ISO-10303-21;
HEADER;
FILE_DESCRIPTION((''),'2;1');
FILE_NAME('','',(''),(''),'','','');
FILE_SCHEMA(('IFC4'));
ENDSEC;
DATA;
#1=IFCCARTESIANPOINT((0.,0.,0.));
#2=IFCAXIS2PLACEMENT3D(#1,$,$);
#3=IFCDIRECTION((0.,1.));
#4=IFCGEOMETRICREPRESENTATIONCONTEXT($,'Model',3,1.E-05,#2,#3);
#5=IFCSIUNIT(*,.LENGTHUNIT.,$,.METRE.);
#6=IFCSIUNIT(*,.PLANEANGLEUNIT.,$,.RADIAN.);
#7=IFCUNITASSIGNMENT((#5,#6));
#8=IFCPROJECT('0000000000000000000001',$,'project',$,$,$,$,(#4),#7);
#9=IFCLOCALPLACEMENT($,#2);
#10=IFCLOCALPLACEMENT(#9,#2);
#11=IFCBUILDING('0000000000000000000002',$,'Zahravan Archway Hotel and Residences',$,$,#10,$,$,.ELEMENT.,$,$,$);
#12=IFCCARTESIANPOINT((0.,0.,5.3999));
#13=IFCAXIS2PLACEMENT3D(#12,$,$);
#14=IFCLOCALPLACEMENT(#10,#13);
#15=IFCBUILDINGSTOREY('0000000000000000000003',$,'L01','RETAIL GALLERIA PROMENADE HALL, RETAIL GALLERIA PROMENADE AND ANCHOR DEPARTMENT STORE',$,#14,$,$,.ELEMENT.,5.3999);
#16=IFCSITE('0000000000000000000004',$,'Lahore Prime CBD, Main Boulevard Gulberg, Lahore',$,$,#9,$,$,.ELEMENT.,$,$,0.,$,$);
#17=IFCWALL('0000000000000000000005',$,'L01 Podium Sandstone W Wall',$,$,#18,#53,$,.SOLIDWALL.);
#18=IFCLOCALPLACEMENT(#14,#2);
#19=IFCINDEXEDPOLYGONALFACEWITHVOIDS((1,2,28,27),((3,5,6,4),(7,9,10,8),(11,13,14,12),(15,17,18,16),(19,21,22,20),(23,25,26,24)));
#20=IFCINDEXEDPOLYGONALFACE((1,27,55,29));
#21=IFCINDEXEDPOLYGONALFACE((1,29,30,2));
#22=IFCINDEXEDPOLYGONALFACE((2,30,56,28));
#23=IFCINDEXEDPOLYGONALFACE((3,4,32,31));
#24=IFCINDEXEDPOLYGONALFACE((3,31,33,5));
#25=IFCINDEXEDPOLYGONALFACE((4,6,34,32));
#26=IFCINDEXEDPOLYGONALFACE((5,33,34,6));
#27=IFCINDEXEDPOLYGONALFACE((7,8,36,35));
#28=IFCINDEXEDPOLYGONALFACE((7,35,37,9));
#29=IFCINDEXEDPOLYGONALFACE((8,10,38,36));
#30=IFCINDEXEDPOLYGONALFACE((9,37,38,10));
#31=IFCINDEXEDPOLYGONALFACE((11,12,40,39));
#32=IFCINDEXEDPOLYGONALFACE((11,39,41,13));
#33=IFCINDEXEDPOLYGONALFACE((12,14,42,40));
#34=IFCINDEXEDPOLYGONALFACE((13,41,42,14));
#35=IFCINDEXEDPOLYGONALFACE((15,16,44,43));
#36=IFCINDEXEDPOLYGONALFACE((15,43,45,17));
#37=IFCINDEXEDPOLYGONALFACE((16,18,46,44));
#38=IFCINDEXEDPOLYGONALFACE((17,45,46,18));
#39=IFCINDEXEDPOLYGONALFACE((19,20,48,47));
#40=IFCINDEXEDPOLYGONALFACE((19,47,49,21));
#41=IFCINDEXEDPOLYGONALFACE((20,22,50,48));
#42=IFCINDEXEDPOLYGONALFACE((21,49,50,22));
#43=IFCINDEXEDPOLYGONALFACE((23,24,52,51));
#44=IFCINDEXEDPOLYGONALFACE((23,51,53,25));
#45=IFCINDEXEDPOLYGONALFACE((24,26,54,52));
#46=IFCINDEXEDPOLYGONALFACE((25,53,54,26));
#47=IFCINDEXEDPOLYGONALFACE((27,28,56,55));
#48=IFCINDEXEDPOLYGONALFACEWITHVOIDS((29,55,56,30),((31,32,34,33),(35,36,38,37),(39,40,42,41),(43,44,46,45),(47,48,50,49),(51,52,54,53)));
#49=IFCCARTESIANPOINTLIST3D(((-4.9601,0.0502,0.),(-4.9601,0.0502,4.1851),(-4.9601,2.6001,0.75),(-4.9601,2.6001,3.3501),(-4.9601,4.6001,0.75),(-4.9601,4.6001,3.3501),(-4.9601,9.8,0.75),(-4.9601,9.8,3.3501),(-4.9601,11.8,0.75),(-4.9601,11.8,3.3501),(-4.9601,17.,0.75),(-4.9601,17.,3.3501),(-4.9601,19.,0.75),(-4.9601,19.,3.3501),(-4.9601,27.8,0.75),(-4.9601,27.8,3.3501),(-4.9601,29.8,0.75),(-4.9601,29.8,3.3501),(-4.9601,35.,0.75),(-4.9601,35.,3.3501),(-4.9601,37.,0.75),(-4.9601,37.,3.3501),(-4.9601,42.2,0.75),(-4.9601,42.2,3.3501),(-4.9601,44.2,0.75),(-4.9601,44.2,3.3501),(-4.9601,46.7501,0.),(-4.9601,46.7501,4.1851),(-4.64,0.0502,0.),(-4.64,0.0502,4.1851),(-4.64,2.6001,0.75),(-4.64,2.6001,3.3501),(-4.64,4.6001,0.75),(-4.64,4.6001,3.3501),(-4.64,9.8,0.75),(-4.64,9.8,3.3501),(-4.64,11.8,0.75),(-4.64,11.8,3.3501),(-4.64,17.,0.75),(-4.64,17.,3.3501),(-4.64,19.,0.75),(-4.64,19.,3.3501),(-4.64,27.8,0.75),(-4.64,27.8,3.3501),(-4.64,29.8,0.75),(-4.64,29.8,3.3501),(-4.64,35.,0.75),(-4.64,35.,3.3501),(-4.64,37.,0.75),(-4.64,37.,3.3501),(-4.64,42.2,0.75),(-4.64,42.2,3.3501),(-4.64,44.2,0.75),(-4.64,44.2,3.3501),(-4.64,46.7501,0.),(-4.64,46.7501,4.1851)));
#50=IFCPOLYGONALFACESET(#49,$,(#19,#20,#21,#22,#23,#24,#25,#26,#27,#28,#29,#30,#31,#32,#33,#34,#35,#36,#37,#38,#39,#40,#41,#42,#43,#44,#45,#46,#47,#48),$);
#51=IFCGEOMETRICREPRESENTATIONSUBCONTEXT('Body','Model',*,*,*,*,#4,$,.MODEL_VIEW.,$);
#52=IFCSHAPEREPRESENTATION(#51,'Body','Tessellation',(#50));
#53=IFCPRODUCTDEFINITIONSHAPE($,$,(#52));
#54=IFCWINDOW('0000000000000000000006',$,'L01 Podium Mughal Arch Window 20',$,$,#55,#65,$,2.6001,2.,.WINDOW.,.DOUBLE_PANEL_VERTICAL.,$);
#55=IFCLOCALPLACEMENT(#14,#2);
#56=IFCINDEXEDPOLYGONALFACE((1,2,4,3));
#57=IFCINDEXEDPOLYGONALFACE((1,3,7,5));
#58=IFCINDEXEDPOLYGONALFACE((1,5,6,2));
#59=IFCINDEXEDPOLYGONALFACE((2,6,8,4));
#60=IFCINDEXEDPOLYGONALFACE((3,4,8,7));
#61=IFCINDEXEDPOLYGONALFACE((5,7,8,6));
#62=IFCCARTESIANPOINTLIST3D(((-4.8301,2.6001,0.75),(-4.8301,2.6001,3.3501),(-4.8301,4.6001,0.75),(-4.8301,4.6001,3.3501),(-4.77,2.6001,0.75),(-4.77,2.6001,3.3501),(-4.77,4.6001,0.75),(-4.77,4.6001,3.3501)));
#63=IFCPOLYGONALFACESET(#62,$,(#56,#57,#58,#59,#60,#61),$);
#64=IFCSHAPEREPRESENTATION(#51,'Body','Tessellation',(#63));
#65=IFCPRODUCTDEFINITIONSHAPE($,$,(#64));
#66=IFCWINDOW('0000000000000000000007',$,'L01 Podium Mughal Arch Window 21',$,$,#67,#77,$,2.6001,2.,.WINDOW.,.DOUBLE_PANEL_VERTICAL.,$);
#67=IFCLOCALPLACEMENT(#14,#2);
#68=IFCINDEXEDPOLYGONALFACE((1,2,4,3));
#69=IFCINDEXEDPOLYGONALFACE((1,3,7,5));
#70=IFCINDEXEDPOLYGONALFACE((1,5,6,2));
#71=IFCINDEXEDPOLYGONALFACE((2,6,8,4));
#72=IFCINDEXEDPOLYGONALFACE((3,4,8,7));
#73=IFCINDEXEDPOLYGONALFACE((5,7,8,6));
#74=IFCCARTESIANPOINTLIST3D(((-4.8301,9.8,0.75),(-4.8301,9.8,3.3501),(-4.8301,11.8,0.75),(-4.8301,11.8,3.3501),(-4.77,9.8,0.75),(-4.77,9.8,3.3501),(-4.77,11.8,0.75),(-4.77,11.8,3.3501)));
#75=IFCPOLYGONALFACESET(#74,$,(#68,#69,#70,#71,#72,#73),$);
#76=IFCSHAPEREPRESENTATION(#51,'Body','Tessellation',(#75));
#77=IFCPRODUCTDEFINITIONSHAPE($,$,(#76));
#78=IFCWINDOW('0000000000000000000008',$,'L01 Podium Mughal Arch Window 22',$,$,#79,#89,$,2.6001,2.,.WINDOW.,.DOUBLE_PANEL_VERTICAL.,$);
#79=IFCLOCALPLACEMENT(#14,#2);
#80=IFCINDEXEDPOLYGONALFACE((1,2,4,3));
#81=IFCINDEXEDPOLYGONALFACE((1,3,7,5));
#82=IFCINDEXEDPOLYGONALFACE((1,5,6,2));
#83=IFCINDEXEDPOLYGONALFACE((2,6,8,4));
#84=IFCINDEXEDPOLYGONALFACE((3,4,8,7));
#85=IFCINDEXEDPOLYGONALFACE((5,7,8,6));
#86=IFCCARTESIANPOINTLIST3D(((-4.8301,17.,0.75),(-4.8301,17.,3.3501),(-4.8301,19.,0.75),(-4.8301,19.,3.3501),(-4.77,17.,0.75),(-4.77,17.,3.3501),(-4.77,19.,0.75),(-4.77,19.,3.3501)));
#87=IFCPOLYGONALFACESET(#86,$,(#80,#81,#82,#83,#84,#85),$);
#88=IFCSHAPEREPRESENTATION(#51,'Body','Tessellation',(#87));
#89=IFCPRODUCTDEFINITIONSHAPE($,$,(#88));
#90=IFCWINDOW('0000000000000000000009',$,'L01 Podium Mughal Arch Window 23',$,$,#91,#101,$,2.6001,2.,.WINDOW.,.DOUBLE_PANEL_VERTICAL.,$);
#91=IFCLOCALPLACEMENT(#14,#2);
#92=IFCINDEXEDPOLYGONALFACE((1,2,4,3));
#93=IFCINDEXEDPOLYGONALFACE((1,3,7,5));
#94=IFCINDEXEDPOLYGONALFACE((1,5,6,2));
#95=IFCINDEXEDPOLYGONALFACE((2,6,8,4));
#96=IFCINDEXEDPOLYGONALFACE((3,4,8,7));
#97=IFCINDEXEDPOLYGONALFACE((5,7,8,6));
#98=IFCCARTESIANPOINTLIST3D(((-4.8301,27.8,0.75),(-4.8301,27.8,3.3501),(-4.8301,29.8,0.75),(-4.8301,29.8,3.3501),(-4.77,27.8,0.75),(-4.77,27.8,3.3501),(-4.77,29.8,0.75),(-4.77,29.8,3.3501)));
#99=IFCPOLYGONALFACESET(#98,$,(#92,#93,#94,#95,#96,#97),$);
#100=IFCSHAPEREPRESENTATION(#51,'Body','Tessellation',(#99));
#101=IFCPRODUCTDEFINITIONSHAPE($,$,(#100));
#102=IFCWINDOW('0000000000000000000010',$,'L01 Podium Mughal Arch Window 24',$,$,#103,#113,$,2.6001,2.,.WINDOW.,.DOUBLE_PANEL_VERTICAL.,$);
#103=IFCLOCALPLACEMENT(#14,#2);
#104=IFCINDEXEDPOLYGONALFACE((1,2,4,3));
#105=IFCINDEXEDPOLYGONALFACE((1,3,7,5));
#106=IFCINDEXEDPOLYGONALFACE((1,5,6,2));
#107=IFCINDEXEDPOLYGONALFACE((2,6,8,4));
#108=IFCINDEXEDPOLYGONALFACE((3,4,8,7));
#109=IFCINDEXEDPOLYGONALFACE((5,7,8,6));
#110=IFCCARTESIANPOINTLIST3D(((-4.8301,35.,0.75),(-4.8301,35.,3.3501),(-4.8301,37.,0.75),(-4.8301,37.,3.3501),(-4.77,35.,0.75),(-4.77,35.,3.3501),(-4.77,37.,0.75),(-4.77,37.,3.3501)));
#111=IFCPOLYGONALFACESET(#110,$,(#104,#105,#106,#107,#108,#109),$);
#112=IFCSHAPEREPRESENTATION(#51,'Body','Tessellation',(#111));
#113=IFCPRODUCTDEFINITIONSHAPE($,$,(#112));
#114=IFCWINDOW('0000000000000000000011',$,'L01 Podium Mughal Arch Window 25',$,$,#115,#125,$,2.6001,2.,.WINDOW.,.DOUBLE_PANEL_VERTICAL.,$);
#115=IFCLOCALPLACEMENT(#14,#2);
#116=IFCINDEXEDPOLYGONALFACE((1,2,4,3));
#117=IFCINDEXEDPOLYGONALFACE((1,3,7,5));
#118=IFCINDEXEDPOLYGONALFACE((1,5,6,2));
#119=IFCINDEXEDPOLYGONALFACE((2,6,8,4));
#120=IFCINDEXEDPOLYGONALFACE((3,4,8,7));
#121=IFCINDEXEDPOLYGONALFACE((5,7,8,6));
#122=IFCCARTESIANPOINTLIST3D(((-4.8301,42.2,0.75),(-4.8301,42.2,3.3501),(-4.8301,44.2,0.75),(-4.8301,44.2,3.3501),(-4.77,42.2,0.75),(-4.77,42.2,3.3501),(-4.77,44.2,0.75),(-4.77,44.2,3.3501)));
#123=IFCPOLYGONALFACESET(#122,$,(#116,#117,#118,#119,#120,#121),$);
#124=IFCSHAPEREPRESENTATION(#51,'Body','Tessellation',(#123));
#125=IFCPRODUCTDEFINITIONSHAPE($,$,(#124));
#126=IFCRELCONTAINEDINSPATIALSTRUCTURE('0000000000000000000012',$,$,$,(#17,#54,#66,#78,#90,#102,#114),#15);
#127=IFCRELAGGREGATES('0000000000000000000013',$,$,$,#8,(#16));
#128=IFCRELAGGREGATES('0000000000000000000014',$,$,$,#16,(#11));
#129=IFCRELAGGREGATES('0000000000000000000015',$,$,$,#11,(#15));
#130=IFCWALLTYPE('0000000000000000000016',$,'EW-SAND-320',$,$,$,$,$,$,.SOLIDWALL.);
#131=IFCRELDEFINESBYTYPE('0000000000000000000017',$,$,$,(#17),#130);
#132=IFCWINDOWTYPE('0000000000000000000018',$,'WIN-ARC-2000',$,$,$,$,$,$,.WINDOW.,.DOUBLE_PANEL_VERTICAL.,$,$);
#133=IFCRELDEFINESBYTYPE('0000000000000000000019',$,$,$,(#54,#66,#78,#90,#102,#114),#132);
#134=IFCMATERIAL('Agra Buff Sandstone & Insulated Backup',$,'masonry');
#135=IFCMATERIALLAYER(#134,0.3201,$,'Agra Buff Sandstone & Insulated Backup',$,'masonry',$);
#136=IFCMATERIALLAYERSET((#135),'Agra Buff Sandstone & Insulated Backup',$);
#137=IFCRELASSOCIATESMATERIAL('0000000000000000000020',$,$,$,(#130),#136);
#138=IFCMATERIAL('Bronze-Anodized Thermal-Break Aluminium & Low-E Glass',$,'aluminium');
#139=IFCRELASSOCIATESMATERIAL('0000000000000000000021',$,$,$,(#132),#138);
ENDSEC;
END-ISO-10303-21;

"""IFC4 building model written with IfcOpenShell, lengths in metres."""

from ifc_helpers import new_model, si_unit, direction, frame, frame_2d, origin, place, context, subcontext, project, spatial, rectangle, extrude, source, transform, mapped, material, layer, layer_set, type_object, type_shapes, element, fill, save


model = new_model("IFC4")

# Units and contexts
model_context = context("Model", 3, precision=1e-05, world=origin(), true_north=direction((0.0, 1.0)))
body_context = subcontext(model_context, "Body", "Model", "MODEL_VIEW")
ifc_project = project(units=[si_unit("LENGTHUNIT", "METRE"), si_unit("PLANEANGLEUNIT", "RADIAN")], contexts=[model_context])

# Site, building, storey
site_placement = place(None, origin())
site = spatial("IfcSite", under=ifc_project, at=site_placement, Name="Lahore Prime CBD, Main Boulevard Gulberg, Lahore", CompositionType="ELEMENT", RefElevation=0.0)
building_placement = place(site_placement, origin())
building = spatial("IfcBuilding", under=site, at=building_placement, Name="Zahravan Archway Hotel and Residences", CompositionType="ELEMENT")
storey_placement = place(building_placement, frame((0.0, 0.0, 5.3999)))
storey = spatial("IfcBuildingStorey", under=building, at=storey_placement, Name="L01", Description="RETAIL GALLERIA PROMENADE HALL, RETAIL GALLERIA PROMENADE AND ANCHOR DEPARTMENT STORE", CompositionType="ELEMENT", Elevation=5.3999)

# Wall, openings, windows
ifc_material_1 = material(Name="Agra Buff Sandstone & Insulated Backup", Category="masonry")
ifc_layer_1 = layer(ifc_material_1, 0.3201, Name="Agra Buff Sandstone & Insulated Backup", Category="masonry")
ifc_layer_set_1 = layer_set([ifc_layer_1], Name="Agra Buff Sandstone & Insulated Backup")
wall_type = type_object("IfcWallType", Name="EW-SAND-320", PredefinedType="SOLIDWALL", material=ifc_layer_set_1)
ifc_material_2 = material(Name="Bronze-Anodized Thermal-Break Aluminium & Low-E Glass", Category="aluminium")
window_type = type_object("IfcWindowType", Name="WIN-ARC-2000", PartitioningType="DOUBLE_PANEL_VERTICAL", PredefinedType="WINDOW", material=ifc_material_2)
shared_shape_1 = source(origin(), body_context, "Body", "SweptSolid", [
    extrude(rectangle(XDim=2.0, YDim=2.6001, at=frame_2d((1.0, 1.3))), frame((0.0, 0.03, 0.0), z_axis=(0.0, -1.0, 0.0), x_axis=(1.0, 0.0, 0.0)), (0.0, 0.0, 1.0), 0.0601),
])
type_shapes(window_type, [shared_shape_1])
wall_1_placement = place(storey_placement, frame((-4.8, 0.05, 0.0), z_axis=(0.0, 0.0, 1.0), x_axis=(0.0, 1.0, 0.0)))
wall_1 = element("IfcWall", 1, at=wall_1_placement, inside=storey, type_object=wall_type, Name="L01 Podium Sandstone W Wall", PredefinedType="SOLIDWALL", context=body_context, shape_type="SweptSolid", body=[
    extrude(rectangle(XDim=46.7, YDim=0.3201, at=frame_2d((23.3501, 0.0))), origin(), (0.0, 0.0, 1.0), 4.1851),
])
opening_1_placement = place(wall_1_placement, frame((2.55, 0.0, 0.75)))
opening_1 = element("IfcOpeningElement", 2, at=opening_1_placement, cuts=wall_1, PredefinedType="OPENING", context=body_context, shape_type="SweptSolid", body=[
    extrude(rectangle(XDim=2.0, YDim=2.6001, at=frame_2d((1.0, 1.3))), frame((0.0, 0.1699, 0.0), z_axis=(0.0, -1.0, 0.0), x_axis=(1.0, 0.0, 0.0)), (0.0, 0.0, 1.0), 0.3401),
])
opening_2_placement = place(wall_1_placement, frame((9.75, 0.0, 0.75)))
opening_2 = element("IfcOpeningElement", 3, at=opening_2_placement, cuts=wall_1, PredefinedType="OPENING", context=body_context, shape_type="SweptSolid", body=[
    extrude(rectangle(XDim=2.0, YDim=2.6001, at=frame_2d((1.0, 1.3))), frame((0.0, 0.1699, 0.0), z_axis=(0.0, -1.0, 0.0), x_axis=(1.0, 0.0, 0.0)), (0.0, 0.0, 1.0), 0.3401),
])
opening_3_placement = place(wall_1_placement, frame((16.95, 0.0, 0.75)))
opening_3 = element("IfcOpeningElement", 4, at=opening_3_placement, cuts=wall_1, PredefinedType="OPENING", context=body_context, shape_type="SweptSolid", body=[
    extrude(rectangle(XDim=2.0, YDim=2.6001, at=frame_2d((1.0, 1.3))), frame((0.0, 0.1699, 0.0), z_axis=(0.0, -1.0, 0.0), x_axis=(1.0, 0.0, 0.0)), (0.0, 0.0, 1.0), 0.3401),
])
opening_4_placement = place(wall_1_placement, frame((27.75, 0.0, 0.75)))
opening_4 = element("IfcOpeningElement", 5, at=opening_4_placement, cuts=wall_1, PredefinedType="OPENING", context=body_context, shape_type="SweptSolid", body=[
    extrude(rectangle(XDim=2.0, YDim=2.6001, at=frame_2d((1.0, 1.3))), frame((0.0, 0.1699, 0.0), z_axis=(0.0, -1.0, 0.0), x_axis=(1.0, 0.0, 0.0)), (0.0, 0.0, 1.0), 0.3401),
])
opening_5_placement = place(wall_1_placement, frame((34.95, 0.0, 0.75)))
opening_5 = element("IfcOpeningElement", 6, at=opening_5_placement, cuts=wall_1, PredefinedType="OPENING", context=body_context, shape_type="SweptSolid", body=[
    extrude(rectangle(XDim=2.0, YDim=2.6001, at=frame_2d((1.0, 1.3))), frame((0.0, 0.1699, 0.0), z_axis=(0.0, -1.0, 0.0), x_axis=(1.0, 0.0, 0.0)), (0.0, 0.0, 1.0), 0.3401),
])
opening_6_placement = place(wall_1_placement, frame((42.1499, 0.0, 0.75)))
opening_6 = element("IfcOpeningElement", 7, at=opening_6_placement, cuts=wall_1, PredefinedType="OPENING", context=body_context, shape_type="SweptSolid", body=[
    extrude(rectangle(XDim=2.0, YDim=2.6001, at=frame_2d((1.0, 1.3))), frame((0.0, 0.1699, 0.0), z_axis=(0.0, -1.0, 0.0), x_axis=(1.0, 0.0, 0.0)), (0.0, 0.0, 1.0), 0.3401),
])
window_1_placement = place(opening_1_placement, origin())
window_1 = element("IfcWindow", 8, at=window_1_placement, inside=storey, type_object=window_type, Name="L01 Podium Mughal Arch Window 20", OverallHeight=2.6001, OverallWidth=2.0, PartitioningType="DOUBLE_PANEL_VERTICAL", PredefinedType="WINDOW", context=body_context, shape_type="MappedRepresentation", body=[
    mapped(shared_shape_1, transform((0.0, 0.0, 0.0), scale=1.0)),
])
fill(opening_1, window_1)
window_2_placement = place(opening_2_placement, origin())
window_2 = element("IfcWindow", 9, at=window_2_placement, inside=storey, type_object=window_type, Name="L01 Podium Mughal Arch Window 21", OverallHeight=2.6001, OverallWidth=2.0, PartitioningType="DOUBLE_PANEL_VERTICAL", PredefinedType="WINDOW", context=body_context, shape_type="MappedRepresentation", body=[
    mapped(shared_shape_1, transform((0.0, 0.0, 0.0), scale=1.0)),
])
fill(opening_2, window_2)
window_3_placement = place(opening_3_placement, origin())
window_3 = element("IfcWindow", 10, at=window_3_placement, inside=storey, type_object=window_type, Name="L01 Podium Mughal Arch Window 22", OverallHeight=2.6001, OverallWidth=2.0, PartitioningType="DOUBLE_PANEL_VERTICAL", PredefinedType="WINDOW", context=body_context, shape_type="MappedRepresentation", body=[
    mapped(shared_shape_1, transform((0.0, 0.0, 0.0), scale=1.0)),
])
fill(opening_3, window_3)
window_4_placement = place(opening_4_placement, origin())
window_4 = element("IfcWindow", 11, at=window_4_placement, inside=storey, type_object=window_type, Name="L01 Podium Mughal Arch Window 23", OverallHeight=2.6001, OverallWidth=2.0, PartitioningType="DOUBLE_PANEL_VERTICAL", PredefinedType="WINDOW", context=body_context, shape_type="MappedRepresentation", body=[
    mapped(shared_shape_1, transform((0.0, 0.0, 0.0), scale=1.0)),
])
fill(opening_4, window_4)
window_5_placement = place(opening_5_placement, origin())
window_5 = element("IfcWindow", 12, at=window_5_placement, inside=storey, type_object=window_type, Name="L01 Podium Mughal Arch Window 24", OverallHeight=2.6001, OverallWidth=2.0, PartitioningType="DOUBLE_PANEL_VERTICAL", PredefinedType="WINDOW", context=body_context, shape_type="MappedRepresentation", body=[
    mapped(shared_shape_1, transform((0.0, 0.0, 0.0), scale=1.0)),
])
fill(opening_5, window_5)
window_6_placement = place(opening_6_placement, origin())
window_6 = element("IfcWindow", 13, at=window_6_placement, inside=storey, type_object=window_type, Name="L01 Podium Mughal Arch Window 25", OverallHeight=2.6001, OverallWidth=2.0, PartitioningType="DOUBLE_PANEL_VERTICAL", PredefinedType="WINDOW", context=body_context, shape_type="MappedRepresentation", body=[
    mapped(shared_shape_1, transform((0.0, 0.0, 0.0), scale=1.0)),
])
fill(opening_6, window_6)

save(model, "model.ifc")
